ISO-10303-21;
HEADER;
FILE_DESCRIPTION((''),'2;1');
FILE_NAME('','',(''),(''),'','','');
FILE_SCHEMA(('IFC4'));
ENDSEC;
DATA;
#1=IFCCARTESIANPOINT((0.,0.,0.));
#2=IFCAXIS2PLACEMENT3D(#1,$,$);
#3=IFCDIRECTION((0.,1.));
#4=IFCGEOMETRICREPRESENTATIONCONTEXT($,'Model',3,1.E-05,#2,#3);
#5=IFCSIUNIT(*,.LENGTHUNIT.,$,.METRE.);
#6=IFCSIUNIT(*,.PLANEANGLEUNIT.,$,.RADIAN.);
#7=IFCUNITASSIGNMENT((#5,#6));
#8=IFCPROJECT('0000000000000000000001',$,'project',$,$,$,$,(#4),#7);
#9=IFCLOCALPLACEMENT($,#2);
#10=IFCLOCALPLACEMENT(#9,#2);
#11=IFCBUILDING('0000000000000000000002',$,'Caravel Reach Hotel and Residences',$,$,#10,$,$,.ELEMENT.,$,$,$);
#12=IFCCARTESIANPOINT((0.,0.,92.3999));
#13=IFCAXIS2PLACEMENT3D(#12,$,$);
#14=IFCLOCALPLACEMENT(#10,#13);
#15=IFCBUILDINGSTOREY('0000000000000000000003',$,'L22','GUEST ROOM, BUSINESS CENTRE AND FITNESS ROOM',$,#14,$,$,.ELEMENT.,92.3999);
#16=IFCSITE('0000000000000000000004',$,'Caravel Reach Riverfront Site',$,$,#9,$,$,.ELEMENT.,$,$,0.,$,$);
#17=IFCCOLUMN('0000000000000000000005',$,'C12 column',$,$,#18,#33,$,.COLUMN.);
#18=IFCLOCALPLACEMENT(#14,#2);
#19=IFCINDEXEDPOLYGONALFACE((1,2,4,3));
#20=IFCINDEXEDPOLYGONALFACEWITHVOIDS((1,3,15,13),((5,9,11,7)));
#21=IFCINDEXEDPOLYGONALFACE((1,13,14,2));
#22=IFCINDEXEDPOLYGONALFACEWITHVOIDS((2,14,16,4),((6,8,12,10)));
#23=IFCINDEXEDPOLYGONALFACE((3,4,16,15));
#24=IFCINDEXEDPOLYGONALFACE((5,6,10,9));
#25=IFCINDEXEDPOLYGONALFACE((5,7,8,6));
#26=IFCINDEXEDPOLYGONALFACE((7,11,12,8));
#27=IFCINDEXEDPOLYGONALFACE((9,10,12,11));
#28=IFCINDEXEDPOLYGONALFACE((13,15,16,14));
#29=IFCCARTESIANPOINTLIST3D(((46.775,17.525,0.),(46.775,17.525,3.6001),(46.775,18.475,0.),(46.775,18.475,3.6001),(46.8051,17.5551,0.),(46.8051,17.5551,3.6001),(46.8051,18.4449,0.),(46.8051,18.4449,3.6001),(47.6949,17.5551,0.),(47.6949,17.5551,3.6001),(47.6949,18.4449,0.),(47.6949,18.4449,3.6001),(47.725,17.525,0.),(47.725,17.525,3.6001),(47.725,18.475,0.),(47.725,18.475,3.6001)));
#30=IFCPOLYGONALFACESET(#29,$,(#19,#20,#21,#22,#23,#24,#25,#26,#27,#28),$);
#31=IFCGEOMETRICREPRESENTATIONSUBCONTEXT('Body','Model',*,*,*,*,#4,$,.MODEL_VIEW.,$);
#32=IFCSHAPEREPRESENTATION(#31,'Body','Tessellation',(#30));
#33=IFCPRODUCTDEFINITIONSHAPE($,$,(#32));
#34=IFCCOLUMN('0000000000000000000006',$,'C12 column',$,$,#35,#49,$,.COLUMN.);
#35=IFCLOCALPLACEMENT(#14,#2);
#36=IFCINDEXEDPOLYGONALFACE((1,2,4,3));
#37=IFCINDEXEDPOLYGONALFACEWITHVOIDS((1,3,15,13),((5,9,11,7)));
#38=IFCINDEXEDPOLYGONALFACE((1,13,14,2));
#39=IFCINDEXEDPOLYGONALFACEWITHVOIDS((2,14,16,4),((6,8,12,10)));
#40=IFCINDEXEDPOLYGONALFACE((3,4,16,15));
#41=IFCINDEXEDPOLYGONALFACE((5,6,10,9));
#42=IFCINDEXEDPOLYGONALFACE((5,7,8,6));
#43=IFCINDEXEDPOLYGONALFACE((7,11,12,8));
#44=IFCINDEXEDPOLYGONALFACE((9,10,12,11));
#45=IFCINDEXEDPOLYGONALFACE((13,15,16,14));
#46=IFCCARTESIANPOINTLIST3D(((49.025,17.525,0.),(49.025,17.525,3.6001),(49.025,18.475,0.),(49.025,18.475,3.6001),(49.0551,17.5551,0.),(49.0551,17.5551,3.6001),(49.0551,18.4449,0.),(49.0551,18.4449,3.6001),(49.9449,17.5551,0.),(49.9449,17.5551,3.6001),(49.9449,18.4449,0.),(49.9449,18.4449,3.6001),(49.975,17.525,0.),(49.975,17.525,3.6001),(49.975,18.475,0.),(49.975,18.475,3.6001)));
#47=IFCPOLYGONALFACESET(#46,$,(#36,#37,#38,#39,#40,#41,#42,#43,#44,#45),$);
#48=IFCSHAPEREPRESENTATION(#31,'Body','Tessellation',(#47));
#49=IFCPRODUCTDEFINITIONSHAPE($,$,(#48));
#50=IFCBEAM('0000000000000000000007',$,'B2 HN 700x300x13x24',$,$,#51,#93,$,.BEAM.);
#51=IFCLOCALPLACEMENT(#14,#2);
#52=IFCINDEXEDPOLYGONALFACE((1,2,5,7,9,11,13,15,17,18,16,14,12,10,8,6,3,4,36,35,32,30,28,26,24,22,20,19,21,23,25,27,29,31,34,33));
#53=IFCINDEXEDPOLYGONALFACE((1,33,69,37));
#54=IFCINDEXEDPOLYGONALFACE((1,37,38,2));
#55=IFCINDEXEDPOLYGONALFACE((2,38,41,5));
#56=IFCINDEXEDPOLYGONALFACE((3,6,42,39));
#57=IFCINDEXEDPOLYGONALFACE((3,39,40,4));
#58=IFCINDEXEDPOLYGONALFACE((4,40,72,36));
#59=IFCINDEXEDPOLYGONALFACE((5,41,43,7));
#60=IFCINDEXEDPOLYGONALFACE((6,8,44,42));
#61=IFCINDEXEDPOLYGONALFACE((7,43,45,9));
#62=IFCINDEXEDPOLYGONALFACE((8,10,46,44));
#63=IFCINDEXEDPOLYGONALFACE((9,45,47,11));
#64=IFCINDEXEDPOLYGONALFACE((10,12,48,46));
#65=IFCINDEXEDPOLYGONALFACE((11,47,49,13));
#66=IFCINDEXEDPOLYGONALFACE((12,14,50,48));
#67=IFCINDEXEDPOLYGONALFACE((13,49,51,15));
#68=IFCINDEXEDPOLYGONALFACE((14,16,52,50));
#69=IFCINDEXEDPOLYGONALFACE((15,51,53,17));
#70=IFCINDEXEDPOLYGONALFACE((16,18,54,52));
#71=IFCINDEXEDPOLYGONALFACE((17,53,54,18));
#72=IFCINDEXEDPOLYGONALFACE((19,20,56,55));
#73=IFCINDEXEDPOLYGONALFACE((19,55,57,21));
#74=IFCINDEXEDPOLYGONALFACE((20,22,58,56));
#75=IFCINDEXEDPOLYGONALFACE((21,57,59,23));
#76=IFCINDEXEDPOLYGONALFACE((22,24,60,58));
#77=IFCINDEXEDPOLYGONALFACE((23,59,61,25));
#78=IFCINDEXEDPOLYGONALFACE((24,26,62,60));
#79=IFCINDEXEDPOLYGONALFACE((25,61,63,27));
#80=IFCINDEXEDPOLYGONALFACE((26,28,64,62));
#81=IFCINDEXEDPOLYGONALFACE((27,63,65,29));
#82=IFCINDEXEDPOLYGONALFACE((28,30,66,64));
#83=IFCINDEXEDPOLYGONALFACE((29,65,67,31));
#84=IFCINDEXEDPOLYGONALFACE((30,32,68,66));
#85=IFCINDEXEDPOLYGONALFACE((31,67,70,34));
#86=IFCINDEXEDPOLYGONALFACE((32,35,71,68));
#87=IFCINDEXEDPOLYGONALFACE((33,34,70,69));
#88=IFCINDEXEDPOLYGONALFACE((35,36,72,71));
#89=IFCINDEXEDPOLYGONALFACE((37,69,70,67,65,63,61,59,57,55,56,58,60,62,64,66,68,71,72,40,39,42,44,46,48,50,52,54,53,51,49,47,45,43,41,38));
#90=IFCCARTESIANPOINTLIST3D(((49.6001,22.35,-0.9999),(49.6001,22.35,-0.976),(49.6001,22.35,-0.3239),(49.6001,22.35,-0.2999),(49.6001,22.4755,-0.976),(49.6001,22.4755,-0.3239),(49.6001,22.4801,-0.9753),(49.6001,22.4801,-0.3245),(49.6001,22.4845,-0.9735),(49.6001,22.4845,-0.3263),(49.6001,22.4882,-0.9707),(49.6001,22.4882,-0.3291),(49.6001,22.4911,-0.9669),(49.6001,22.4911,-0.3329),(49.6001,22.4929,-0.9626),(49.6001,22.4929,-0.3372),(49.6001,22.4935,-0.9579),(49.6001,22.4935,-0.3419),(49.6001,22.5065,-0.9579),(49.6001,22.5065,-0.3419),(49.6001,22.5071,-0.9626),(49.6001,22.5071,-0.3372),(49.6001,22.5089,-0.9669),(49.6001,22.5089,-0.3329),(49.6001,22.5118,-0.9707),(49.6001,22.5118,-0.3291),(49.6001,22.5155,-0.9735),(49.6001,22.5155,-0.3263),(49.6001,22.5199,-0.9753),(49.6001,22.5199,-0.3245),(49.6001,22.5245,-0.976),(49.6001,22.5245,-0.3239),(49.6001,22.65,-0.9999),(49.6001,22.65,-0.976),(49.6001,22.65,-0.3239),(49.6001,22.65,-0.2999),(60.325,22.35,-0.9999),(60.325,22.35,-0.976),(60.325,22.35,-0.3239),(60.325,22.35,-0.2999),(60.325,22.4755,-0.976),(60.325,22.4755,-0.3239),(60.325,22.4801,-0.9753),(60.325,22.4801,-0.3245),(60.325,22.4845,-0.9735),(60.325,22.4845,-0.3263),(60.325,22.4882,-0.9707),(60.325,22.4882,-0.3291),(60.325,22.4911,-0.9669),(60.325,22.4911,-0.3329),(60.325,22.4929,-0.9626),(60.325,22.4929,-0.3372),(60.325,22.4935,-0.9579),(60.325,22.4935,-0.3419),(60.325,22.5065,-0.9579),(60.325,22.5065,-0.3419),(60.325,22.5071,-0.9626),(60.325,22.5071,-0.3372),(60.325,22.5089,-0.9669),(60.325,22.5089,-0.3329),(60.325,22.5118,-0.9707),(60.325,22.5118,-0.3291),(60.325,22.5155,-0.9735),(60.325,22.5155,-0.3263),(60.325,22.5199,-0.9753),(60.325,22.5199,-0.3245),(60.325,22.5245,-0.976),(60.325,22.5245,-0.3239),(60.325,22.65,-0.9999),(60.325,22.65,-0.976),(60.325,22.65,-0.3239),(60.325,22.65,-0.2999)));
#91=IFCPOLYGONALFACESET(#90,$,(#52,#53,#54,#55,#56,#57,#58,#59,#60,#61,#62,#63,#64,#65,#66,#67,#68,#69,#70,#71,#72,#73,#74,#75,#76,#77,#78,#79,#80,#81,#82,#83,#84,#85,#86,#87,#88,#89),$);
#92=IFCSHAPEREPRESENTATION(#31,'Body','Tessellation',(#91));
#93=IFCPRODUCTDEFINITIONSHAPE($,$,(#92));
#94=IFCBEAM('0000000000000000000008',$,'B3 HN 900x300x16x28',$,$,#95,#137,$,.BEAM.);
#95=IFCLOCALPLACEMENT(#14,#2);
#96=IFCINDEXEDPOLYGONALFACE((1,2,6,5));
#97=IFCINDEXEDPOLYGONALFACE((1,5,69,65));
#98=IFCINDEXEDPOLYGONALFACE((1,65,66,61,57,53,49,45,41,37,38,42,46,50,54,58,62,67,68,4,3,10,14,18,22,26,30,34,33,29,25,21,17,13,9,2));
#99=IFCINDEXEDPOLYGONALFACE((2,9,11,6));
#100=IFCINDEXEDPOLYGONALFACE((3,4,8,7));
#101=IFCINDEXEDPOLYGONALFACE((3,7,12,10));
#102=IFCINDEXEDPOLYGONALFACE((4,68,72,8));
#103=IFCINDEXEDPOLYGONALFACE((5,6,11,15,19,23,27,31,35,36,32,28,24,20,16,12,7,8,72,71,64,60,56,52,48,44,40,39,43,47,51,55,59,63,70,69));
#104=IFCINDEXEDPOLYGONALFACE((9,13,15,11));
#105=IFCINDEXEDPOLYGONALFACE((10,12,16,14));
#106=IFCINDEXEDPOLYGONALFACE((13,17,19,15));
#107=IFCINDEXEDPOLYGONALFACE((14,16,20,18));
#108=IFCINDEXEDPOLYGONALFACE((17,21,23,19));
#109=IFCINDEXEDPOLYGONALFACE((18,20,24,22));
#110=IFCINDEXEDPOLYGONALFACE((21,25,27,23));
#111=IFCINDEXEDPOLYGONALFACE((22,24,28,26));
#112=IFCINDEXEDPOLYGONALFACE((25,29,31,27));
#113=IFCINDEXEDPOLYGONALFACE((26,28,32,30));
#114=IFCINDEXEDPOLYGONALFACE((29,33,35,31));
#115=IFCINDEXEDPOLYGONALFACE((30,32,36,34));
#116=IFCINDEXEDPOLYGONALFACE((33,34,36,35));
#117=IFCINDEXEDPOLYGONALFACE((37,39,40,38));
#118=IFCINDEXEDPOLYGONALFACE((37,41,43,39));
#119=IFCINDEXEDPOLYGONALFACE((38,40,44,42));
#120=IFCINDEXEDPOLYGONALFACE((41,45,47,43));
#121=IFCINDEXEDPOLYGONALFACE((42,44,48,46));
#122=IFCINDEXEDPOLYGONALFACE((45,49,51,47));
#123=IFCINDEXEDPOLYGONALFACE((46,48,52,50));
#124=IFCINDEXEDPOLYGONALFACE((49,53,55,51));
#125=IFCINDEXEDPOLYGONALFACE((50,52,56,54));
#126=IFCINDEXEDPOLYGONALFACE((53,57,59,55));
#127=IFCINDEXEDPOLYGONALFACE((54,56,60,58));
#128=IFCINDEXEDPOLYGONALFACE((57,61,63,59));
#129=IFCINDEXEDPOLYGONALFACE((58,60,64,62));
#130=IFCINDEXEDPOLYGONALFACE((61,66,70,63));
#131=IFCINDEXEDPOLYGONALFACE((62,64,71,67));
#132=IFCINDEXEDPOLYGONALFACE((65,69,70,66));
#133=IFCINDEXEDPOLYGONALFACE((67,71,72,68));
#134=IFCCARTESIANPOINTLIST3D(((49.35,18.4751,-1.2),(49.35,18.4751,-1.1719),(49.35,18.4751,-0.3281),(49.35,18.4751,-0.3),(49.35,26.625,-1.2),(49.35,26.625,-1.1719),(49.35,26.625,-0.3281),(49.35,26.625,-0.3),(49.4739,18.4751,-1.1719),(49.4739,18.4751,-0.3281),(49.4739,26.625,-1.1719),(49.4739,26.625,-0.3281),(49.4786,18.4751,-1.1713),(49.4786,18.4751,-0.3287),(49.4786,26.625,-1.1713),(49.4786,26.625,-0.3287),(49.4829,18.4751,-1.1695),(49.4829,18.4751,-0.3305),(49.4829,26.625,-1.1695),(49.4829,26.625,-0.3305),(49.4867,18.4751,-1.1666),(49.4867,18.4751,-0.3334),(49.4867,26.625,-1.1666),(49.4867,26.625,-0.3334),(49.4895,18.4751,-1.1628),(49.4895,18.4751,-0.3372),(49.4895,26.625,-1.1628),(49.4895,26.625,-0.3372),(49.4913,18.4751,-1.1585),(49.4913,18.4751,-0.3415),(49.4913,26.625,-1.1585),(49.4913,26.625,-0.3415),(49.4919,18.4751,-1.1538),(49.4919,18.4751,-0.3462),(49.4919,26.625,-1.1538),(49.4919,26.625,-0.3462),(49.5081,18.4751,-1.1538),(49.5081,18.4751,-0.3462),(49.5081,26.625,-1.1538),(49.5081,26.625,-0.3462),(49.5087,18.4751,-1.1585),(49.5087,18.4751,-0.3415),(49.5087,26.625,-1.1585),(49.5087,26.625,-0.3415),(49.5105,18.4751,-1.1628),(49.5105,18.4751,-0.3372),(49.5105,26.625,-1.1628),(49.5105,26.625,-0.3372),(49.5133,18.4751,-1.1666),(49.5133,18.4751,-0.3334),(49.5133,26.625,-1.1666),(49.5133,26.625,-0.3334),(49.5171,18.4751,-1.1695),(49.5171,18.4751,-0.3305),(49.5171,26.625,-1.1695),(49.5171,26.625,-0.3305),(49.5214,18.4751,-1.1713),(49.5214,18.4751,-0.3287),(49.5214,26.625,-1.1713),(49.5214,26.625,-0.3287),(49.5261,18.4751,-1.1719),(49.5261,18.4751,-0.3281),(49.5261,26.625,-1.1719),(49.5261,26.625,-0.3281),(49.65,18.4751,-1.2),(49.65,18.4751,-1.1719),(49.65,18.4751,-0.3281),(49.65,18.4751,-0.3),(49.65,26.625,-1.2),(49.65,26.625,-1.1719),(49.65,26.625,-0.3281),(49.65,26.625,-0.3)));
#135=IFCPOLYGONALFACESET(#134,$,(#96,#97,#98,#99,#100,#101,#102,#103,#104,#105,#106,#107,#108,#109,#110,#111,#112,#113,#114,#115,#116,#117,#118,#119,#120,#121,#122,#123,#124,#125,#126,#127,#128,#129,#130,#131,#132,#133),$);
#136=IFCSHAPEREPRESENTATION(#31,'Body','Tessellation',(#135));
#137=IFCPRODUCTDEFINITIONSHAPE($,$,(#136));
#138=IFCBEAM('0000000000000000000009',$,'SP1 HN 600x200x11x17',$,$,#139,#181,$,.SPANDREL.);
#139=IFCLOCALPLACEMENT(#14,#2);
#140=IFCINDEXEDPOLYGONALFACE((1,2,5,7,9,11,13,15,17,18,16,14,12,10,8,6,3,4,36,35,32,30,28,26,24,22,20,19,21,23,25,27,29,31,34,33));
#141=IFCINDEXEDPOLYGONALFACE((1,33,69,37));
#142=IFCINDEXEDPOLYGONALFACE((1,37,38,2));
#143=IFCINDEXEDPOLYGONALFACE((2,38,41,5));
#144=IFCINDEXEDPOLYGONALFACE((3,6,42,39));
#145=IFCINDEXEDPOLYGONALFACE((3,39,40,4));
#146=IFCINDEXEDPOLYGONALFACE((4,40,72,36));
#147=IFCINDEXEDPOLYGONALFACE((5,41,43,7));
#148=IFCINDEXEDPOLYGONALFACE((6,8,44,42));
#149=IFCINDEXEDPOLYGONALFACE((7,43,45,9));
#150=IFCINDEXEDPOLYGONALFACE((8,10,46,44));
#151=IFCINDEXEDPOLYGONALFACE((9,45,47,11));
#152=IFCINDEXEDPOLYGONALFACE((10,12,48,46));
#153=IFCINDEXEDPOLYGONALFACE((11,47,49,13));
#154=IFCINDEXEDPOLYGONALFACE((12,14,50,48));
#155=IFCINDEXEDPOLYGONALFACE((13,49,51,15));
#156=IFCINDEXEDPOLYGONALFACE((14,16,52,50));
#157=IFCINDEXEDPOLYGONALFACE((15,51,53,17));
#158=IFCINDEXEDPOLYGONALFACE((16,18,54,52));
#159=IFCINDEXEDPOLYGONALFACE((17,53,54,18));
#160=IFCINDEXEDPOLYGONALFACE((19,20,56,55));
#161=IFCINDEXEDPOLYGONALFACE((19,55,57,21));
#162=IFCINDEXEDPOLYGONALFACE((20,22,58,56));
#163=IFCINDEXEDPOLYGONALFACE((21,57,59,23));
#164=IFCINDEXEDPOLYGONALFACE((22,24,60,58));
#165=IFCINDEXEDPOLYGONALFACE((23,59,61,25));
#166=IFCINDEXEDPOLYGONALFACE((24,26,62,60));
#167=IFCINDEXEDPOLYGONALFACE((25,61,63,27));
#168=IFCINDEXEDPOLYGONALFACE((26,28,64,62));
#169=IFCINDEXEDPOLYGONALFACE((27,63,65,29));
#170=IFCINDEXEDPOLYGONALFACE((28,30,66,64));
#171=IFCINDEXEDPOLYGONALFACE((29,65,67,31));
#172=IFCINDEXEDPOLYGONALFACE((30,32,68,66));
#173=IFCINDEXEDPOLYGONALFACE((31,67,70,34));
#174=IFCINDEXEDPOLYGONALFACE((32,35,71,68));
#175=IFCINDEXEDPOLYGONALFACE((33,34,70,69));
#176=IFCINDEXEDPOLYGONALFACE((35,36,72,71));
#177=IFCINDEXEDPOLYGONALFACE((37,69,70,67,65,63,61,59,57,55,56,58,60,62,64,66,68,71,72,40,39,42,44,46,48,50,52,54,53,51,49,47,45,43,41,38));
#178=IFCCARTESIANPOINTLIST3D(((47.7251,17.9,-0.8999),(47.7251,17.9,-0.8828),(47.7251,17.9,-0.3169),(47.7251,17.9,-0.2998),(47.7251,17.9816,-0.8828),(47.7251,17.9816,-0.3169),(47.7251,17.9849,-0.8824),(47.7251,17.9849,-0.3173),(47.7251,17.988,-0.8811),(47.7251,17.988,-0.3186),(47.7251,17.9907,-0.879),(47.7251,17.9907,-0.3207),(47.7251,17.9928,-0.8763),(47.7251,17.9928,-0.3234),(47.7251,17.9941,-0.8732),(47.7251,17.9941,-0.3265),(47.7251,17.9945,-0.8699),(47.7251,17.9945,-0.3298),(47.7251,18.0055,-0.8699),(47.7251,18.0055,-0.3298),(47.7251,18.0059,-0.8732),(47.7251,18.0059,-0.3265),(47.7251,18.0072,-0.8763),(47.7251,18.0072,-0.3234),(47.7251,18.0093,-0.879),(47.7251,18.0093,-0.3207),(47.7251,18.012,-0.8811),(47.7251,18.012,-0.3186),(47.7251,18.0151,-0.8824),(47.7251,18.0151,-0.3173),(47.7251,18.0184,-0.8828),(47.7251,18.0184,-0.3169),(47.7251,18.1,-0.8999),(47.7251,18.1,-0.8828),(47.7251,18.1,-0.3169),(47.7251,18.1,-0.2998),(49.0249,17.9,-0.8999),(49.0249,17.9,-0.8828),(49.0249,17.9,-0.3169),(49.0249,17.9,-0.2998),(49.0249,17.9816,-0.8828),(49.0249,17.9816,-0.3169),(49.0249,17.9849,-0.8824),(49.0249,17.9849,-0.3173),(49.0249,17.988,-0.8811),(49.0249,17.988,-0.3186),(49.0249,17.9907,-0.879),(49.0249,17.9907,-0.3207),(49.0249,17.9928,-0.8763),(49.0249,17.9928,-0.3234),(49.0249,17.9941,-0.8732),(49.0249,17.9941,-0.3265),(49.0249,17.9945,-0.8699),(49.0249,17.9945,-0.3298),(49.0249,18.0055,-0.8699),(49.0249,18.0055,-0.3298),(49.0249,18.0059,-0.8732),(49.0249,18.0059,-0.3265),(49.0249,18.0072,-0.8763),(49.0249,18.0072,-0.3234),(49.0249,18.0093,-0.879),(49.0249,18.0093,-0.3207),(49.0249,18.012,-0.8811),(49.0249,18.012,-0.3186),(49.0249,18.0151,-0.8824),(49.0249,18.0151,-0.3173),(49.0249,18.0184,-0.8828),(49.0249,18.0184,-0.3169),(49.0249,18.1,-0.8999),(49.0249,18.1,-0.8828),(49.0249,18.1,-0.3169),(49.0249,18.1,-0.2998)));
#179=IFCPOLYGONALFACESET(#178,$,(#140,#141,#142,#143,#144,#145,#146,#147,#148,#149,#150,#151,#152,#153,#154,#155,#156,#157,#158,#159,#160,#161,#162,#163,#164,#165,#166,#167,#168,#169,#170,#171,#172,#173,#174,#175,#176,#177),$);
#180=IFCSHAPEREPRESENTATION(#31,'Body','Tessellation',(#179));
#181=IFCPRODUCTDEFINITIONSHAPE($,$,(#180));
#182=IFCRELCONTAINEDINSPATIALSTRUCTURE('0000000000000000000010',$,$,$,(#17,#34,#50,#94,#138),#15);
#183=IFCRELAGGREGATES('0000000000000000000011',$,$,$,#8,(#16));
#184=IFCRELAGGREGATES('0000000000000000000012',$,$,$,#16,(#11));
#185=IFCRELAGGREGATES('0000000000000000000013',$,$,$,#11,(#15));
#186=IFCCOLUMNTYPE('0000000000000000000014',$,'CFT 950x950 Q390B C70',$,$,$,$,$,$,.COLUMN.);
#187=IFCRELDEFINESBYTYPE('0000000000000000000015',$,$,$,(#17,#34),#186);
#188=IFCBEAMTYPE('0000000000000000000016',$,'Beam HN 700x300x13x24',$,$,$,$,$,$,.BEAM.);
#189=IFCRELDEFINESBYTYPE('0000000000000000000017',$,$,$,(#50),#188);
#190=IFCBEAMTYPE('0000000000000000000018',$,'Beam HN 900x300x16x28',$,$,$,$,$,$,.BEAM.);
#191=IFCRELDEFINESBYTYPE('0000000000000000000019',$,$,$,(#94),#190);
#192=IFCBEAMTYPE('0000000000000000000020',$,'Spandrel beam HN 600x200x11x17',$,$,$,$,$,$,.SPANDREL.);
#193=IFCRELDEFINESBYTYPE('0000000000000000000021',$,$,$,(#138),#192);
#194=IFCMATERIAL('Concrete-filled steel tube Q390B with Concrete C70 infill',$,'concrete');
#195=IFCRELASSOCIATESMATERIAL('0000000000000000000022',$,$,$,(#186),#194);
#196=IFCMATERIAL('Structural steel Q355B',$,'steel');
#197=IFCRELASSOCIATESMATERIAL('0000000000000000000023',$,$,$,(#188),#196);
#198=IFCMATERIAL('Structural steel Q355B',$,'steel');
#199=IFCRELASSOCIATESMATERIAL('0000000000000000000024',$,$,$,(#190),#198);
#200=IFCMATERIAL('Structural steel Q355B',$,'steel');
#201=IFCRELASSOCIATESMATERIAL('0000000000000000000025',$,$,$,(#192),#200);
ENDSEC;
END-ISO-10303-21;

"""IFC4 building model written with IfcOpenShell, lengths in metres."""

from ifc_helpers import new_model, si_unit, direction, frame, origin, origin_2d, place, context, subcontext, project, spatial, hollow_rectangle, i_section, extrude, material, material_profile, profile_set, type_object, element, save


model = new_model("IFC4")

# Units and contexts
model_context = context("Model", 3, precision=1e-05, world=origin(), true_north=direction((0.0, 1.0)))
body_context = subcontext(model_context, "Body", "Model", "MODEL_VIEW")
ifc_project = project(units=[si_unit("LENGTHUNIT", "METRE"), si_unit("PLANEANGLEUNIT", "RADIAN")], contexts=[model_context])

# Site, building, storey
site_placement = place(None, origin())
site = spatial("IfcSite", under=ifc_project, at=site_placement, Name="Caravel Reach Riverfront Site", CompositionType="ELEMENT", RefElevation=0.0)
building_placement = place(site_placement, origin())
building = spatial("IfcBuilding", under=site, at=building_placement, Name="Caravel Reach Hotel and Residences", CompositionType="ELEMENT")
storey_placement = place(building_placement, frame((0.0, 0.0, 92.3999)))
storey = spatial("IfcBuildingStorey", under=building, at=storey_placement, Name="L22", Description="GUEST ROOM, BUSINESS CENTRE AND FITNESS ROOM", CompositionType="ELEMENT", Elevation=92.3999)

# Columns
ifc_material_1 = material(Name="Concrete-filled steel tube Q390B with Concrete C70 infill", Category="concrete")
ifc_material_profile_1 = material_profile(ifc_material_1, hollow_rectangle(XDim=0.95, YDim=0.95, WallThickness=0.03, at=origin_2d()), Name="RHS 950x950x30")
ifc_profile_set_1 = profile_set([ifc_material_profile_1], Name="Concrete-filled steel tube Q390B with Concrete C70 infill")
column_type = type_object("IfcColumnType", Name="CFT 950x950 Q390B C70", PredefinedType="COLUMN", material=ifc_profile_set_1)
for number, where, z_axis, x_axis, name in (
    (1, (47.25, 18.0, 0.0), (0.0, 0.0, 1.0), (1.0, 0.0, 0.0), "C12 column"),
    (2, (49.5, 18.0, 0.0), (0.0, 0.0, 1.0), (1.0, 0.0, 0.0), "C12 column"),
):
    element("IfcColumn", number, at=place(storey_placement, frame(where, z_axis=z_axis, x_axis=x_axis)), inside=storey, type_object=column_type, Name=name, PredefinedType="COLUMN", context=body_context, shape_type="SweptSolid", body=[
        extrude(hollow_rectangle(XDim=0.95, YDim=0.95, WallThickness=0.03, at=origin_2d()), origin(), (0.0, 0.0, 1.0), 3.6001),
    ])

# Beams
ifc_material_2 = material(Name="Structural steel Q355B", Category="steel")
ifc_material_profile_2 = material_profile(ifc_material_2, i_section(OverallWidth=0.3, OverallDepth=0.7, WebThickness=0.0129, FlangeThickness=0.0239, FilletRadius=0.0181, at=origin_2d()), Name="HN 700x300x13x24")
ifc_profile_set_2 = profile_set([ifc_material_profile_2], Name="Structural steel Q355B")
beam_type_1 = type_object("IfcBeamType", Name="Beam HN 700x300x13x24", PredefinedType="BEAM", material=ifc_profile_set_2)
beam_1_placement = place(storey_placement, frame((49.6001, 22.5, -0.6499), z_axis=(1.0, 0.0, 0.0), x_axis=(0.0, 1.0, 0.0)))
element("IfcBeam", 3, at=beam_1_placement, inside=storey, type_object=beam_type_1, Name="B2 HN 700x300x13x24", PredefinedType="BEAM", context=body_context, shape_type="SweptSolid", body=[
    extrude(i_section(OverallWidth=0.3, OverallDepth=0.7, WebThickness=0.0129, FlangeThickness=0.0239, FilletRadius=0.0181, at=origin_2d()), origin(), (0.0, 0.0, 1.0), 10.7249),
])
ifc_material_3 = material(Name="Structural steel Q355B", Category="steel")
ifc_material_profile_3 = material_profile(ifc_material_3, i_section(OverallWidth=0.3, OverallDepth=0.8999, WebThickness=0.0161, FlangeThickness=0.0281, FilletRadius=0.0181, at=origin_2d()), Name="HN 900x300x16x28")
ifc_profile_set_3 = profile_set([ifc_material_profile_3], Name="Structural steel Q355B")
beam_type_2 = type_object("IfcBeamType", Name="Beam HN 900x300x16x28", PredefinedType="BEAM", material=ifc_profile_set_3)
beam_2_placement = place(storey_placement, frame((49.5, 18.4751, -0.75), z_axis=(0.0, 1.0, 0.0), x_axis=(-1.0, 0.0, 0.0)))
element("IfcBeam", 4, at=beam_2_placement, inside=storey, type_object=beam_type_2, Name="B3 HN 900x300x16x28", PredefinedType="BEAM", context=body_context, shape_type="SweptSolid", body=[
    extrude(i_section(OverallWidth=0.3, OverallDepth=0.8999, WebThickness=0.0161, FlangeThickness=0.0281, FilletRadius=0.0181, at=origin_2d()), origin(), (0.0, 0.0, 1.0), 8.1499),
])
ifc_material_4 = material(Name="Structural steel Q355B", Category="steel")
ifc_material_profile_4 = material_profile(ifc_material_4, i_section(OverallWidth=0.2, OverallDepth=0.6001, WebThickness=0.011, FlangeThickness=0.0171, FilletRadius=0.0129, at=origin_2d()), Name="HN 600x200x11x17")
ifc_profile_set_4 = profile_set([ifc_material_profile_4], Name="Structural steel Q355B")
beam_type_3 = type_object("IfcBeamType", Name="Spandrel beam HN 600x200x11x17", PredefinedType="SPANDREL", material=ifc_profile_set_4)
beam_3_placement = place(storey_placement, frame((47.7251, 18.0, -0.5999), z_axis=(1.0, 0.0, 0.0), x_axis=(0.0, 1.0, 0.0)))
element("IfcBeam", 5, at=beam_3_placement, inside=storey, type_object=beam_type_3, Name="SP1 HN 600x200x11x17", PredefinedType="SPANDREL", context=body_context, shape_type="SweptSolid", body=[
    extrude(i_section(OverallWidth=0.2, OverallDepth=0.6001, WebThickness=0.011, FlangeThickness=0.0171, FilletRadius=0.0129, at=origin_2d()), origin(), (0.0, 0.0, 1.0), 1.2998),
])

save(model, "model.ifc")
